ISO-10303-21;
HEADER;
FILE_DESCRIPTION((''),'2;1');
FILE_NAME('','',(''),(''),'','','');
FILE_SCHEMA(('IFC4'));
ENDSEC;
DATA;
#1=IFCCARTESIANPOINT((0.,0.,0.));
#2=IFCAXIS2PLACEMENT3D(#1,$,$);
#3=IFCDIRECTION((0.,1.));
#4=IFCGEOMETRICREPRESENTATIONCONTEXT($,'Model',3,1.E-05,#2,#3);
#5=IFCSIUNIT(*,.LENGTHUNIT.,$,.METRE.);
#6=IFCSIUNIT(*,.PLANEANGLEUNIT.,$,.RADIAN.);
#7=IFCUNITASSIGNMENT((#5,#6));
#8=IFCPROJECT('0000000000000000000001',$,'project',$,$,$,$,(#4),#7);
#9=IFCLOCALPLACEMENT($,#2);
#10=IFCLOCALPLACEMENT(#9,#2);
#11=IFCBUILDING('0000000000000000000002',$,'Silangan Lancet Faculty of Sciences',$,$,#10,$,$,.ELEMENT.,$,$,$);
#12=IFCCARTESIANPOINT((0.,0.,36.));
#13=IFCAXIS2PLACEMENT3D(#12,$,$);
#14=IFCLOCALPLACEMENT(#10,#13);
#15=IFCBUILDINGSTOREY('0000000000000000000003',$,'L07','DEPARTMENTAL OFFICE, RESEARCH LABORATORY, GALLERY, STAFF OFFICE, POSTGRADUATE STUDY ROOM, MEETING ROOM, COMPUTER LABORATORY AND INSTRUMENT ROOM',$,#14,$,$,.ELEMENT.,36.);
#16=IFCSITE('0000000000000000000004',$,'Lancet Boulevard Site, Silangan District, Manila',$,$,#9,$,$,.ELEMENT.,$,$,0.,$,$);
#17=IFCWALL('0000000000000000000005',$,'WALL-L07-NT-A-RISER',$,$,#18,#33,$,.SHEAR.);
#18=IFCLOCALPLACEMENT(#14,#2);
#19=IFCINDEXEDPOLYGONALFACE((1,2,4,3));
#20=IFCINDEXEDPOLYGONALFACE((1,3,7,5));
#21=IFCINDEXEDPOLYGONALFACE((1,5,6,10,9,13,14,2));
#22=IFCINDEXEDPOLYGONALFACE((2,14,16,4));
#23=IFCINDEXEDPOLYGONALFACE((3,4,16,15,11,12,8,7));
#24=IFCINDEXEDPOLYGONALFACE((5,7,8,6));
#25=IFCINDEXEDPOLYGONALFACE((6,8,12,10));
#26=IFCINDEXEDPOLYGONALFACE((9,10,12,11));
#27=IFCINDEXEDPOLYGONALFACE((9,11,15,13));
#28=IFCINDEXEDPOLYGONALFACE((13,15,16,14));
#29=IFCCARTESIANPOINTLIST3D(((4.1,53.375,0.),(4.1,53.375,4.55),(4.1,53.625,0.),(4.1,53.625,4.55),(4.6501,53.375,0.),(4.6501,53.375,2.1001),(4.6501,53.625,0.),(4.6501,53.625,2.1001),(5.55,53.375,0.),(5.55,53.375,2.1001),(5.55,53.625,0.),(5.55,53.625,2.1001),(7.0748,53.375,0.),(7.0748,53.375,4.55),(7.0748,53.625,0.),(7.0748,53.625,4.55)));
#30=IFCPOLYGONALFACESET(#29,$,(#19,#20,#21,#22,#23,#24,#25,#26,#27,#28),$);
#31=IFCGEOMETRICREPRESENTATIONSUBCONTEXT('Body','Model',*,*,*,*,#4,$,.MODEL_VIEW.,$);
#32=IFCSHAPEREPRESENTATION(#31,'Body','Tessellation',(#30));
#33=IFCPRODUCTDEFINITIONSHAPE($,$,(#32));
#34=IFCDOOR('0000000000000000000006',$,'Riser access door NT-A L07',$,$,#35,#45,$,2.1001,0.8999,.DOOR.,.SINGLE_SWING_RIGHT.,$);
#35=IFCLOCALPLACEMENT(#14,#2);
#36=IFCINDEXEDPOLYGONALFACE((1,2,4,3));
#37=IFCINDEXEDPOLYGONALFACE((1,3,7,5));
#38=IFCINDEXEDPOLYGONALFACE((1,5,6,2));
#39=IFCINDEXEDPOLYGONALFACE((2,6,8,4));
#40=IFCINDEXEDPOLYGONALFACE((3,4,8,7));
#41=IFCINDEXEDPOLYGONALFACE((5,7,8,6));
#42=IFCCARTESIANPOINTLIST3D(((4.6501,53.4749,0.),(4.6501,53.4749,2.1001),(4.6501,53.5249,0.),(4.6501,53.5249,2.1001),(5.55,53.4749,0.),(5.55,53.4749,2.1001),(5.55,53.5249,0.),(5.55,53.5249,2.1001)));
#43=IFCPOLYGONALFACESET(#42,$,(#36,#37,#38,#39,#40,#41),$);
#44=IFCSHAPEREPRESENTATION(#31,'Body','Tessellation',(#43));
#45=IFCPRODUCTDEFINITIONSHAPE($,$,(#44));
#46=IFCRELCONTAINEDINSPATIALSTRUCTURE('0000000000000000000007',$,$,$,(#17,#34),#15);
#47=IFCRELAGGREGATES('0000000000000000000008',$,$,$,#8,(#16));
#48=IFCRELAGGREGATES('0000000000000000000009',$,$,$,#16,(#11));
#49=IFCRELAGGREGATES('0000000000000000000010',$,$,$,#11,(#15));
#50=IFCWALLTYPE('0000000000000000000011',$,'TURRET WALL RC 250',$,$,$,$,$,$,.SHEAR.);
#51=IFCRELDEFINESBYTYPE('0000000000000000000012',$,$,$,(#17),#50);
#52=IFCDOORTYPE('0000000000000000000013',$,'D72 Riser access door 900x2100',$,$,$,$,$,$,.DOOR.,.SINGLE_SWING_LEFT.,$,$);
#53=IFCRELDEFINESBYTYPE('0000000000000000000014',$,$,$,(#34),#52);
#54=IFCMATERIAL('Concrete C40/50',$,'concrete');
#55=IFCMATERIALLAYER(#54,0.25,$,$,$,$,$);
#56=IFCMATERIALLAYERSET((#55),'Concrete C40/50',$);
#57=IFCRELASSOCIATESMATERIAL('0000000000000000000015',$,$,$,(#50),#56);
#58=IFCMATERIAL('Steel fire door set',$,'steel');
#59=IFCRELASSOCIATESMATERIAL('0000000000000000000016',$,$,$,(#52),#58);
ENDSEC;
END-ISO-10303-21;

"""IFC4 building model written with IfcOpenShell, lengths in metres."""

from ifc_helpers import new_model, si_unit, direction, frame, frame_2d, origin, place, context, subcontext, project, spatial, rectangle, extrude, material, layer, layer_set, type_object, element, fill, save


model = new_model("IFC4")

# Units and contexts
model_context = context("Model", 3, precision=1e-05, world=origin(), true_north=direction((0.0, 1.0)))
body_context = subcontext(model_context, "Body", "Model", "MODEL_VIEW")
ifc_project = project(units=[si_unit("LENGTHUNIT", "METRE"), si_unit("PLANEANGLEUNIT", "RADIAN")], contexts=[model_context])

# Site, building, storey
site_placement = place(None, origin())
site = spatial("IfcSite", under=ifc_project, at=site_placement, Name="Lancet Boulevard Site, Silangan District, Manila", CompositionType="ELEMENT", RefElevation=0.0)
building_placement = place(site_placement, origin())
building = spatial("IfcBuilding", under=site, at=building_placement, Name="Silangan Lancet Faculty of Sciences", CompositionType="ELEMENT")
storey_placement = place(building_placement, frame((0.0, 0.0, 36.0)))
storey = spatial("IfcBuildingStorey", under=building, at=storey_placement, Name="L07", Description="DEPARTMENTAL OFFICE, RESEARCH LABORATORY, GALLERY, STAFF OFFICE, POSTGRADUATE STUDY ROOM, MEETING ROOM, COMPUTER LABORATORY AND INSTRUMENT ROOM", CompositionType="ELEMENT", Elevation=36.0)

# Shared definitions
ifc_material_1 = material(Name="Concrete C40/50", Category="concrete")
ifc_layer_1 = layer(ifc_material_1, 0.25)
ifc_layer_set_1 = layer_set([ifc_layer_1], Name="Concrete C40/50")
wall_type_1 = type_object("IfcWallType", Name="TURRET WALL RC 250", PredefinedType="SHEAR", material=ifc_layer_set_1)

# Wall, opening, door
wall_1_placement = place(storey_placement, frame((4.1001, 53.5, 0.0), z_axis=(0.0, 0.0, 1.0), x_axis=(1.0, 0.0, 0.0)))
wall_1 = element("IfcWall", 1, at=wall_1_placement, inside=storey, type_object=wall_type_1, Name="WALL-L07-NT-A-RISER", PredefinedType="SHEAR", context=body_context, shape_type="SweptSolid", body=[
    extrude(rectangle(XDim=2.9749, YDim=0.25, at=frame_2d((1.4873, 0.0))), origin(), (0.0, 0.0, 1.0), 4.55),
])
opening_1_placement = place(wall_1_placement, frame((0.55, 0.0, 0.0)))
opening_1 = element("IfcOpeningElement", 2, at=opening_1_placement, cuts=wall_1, PredefinedType="OPENING", context=body_context, shape_type="SweptSolid", body=[
    extrude(rectangle(XDim=0.8999, YDim=2.1001, at=frame_2d((0.45, 1.05))), frame((0.0, 0.135, 0.0), z_axis=(0.0, -1.0, 0.0), x_axis=(1.0, 0.0, 0.0)), (0.0, 0.0, 1.0), 0.27),
])
ifc_material_2 = material(Name="Steel fire door set", Category="steel")
door_type_1 = type_object("IfcDoorType", Name="D72 Riser access door 900x2100", OperationType="SINGLE_SWING_LEFT", PredefinedType="DOOR", material=ifc_material_2)
door_1_placement = place(opening_1_placement, origin())
door_1 = element("IfcDoor", 3, at=door_1_placement, inside=storey, type_object=door_type_1, Name="Riser access door NT-A L07", OperationType="SINGLE_SWING_RIGHT", OverallHeight=2.1001, OverallWidth=0.8999, PredefinedType="DOOR", context=body_context, shape_type="SweptSolid", body=[
    extrude(rectangle(XDim=0.8999, YDim=2.1001, at=frame_2d((0.45, 1.05))), frame((0.0, 0.0249, 0.0), z_axis=(0.0, -1.0, 0.0), x_axis=(1.0, 0.0, 0.0)), (0.0, 0.0, 1.0), 0.05),
])
fill(opening_1, door_1)

save(model, "model.ifc")
